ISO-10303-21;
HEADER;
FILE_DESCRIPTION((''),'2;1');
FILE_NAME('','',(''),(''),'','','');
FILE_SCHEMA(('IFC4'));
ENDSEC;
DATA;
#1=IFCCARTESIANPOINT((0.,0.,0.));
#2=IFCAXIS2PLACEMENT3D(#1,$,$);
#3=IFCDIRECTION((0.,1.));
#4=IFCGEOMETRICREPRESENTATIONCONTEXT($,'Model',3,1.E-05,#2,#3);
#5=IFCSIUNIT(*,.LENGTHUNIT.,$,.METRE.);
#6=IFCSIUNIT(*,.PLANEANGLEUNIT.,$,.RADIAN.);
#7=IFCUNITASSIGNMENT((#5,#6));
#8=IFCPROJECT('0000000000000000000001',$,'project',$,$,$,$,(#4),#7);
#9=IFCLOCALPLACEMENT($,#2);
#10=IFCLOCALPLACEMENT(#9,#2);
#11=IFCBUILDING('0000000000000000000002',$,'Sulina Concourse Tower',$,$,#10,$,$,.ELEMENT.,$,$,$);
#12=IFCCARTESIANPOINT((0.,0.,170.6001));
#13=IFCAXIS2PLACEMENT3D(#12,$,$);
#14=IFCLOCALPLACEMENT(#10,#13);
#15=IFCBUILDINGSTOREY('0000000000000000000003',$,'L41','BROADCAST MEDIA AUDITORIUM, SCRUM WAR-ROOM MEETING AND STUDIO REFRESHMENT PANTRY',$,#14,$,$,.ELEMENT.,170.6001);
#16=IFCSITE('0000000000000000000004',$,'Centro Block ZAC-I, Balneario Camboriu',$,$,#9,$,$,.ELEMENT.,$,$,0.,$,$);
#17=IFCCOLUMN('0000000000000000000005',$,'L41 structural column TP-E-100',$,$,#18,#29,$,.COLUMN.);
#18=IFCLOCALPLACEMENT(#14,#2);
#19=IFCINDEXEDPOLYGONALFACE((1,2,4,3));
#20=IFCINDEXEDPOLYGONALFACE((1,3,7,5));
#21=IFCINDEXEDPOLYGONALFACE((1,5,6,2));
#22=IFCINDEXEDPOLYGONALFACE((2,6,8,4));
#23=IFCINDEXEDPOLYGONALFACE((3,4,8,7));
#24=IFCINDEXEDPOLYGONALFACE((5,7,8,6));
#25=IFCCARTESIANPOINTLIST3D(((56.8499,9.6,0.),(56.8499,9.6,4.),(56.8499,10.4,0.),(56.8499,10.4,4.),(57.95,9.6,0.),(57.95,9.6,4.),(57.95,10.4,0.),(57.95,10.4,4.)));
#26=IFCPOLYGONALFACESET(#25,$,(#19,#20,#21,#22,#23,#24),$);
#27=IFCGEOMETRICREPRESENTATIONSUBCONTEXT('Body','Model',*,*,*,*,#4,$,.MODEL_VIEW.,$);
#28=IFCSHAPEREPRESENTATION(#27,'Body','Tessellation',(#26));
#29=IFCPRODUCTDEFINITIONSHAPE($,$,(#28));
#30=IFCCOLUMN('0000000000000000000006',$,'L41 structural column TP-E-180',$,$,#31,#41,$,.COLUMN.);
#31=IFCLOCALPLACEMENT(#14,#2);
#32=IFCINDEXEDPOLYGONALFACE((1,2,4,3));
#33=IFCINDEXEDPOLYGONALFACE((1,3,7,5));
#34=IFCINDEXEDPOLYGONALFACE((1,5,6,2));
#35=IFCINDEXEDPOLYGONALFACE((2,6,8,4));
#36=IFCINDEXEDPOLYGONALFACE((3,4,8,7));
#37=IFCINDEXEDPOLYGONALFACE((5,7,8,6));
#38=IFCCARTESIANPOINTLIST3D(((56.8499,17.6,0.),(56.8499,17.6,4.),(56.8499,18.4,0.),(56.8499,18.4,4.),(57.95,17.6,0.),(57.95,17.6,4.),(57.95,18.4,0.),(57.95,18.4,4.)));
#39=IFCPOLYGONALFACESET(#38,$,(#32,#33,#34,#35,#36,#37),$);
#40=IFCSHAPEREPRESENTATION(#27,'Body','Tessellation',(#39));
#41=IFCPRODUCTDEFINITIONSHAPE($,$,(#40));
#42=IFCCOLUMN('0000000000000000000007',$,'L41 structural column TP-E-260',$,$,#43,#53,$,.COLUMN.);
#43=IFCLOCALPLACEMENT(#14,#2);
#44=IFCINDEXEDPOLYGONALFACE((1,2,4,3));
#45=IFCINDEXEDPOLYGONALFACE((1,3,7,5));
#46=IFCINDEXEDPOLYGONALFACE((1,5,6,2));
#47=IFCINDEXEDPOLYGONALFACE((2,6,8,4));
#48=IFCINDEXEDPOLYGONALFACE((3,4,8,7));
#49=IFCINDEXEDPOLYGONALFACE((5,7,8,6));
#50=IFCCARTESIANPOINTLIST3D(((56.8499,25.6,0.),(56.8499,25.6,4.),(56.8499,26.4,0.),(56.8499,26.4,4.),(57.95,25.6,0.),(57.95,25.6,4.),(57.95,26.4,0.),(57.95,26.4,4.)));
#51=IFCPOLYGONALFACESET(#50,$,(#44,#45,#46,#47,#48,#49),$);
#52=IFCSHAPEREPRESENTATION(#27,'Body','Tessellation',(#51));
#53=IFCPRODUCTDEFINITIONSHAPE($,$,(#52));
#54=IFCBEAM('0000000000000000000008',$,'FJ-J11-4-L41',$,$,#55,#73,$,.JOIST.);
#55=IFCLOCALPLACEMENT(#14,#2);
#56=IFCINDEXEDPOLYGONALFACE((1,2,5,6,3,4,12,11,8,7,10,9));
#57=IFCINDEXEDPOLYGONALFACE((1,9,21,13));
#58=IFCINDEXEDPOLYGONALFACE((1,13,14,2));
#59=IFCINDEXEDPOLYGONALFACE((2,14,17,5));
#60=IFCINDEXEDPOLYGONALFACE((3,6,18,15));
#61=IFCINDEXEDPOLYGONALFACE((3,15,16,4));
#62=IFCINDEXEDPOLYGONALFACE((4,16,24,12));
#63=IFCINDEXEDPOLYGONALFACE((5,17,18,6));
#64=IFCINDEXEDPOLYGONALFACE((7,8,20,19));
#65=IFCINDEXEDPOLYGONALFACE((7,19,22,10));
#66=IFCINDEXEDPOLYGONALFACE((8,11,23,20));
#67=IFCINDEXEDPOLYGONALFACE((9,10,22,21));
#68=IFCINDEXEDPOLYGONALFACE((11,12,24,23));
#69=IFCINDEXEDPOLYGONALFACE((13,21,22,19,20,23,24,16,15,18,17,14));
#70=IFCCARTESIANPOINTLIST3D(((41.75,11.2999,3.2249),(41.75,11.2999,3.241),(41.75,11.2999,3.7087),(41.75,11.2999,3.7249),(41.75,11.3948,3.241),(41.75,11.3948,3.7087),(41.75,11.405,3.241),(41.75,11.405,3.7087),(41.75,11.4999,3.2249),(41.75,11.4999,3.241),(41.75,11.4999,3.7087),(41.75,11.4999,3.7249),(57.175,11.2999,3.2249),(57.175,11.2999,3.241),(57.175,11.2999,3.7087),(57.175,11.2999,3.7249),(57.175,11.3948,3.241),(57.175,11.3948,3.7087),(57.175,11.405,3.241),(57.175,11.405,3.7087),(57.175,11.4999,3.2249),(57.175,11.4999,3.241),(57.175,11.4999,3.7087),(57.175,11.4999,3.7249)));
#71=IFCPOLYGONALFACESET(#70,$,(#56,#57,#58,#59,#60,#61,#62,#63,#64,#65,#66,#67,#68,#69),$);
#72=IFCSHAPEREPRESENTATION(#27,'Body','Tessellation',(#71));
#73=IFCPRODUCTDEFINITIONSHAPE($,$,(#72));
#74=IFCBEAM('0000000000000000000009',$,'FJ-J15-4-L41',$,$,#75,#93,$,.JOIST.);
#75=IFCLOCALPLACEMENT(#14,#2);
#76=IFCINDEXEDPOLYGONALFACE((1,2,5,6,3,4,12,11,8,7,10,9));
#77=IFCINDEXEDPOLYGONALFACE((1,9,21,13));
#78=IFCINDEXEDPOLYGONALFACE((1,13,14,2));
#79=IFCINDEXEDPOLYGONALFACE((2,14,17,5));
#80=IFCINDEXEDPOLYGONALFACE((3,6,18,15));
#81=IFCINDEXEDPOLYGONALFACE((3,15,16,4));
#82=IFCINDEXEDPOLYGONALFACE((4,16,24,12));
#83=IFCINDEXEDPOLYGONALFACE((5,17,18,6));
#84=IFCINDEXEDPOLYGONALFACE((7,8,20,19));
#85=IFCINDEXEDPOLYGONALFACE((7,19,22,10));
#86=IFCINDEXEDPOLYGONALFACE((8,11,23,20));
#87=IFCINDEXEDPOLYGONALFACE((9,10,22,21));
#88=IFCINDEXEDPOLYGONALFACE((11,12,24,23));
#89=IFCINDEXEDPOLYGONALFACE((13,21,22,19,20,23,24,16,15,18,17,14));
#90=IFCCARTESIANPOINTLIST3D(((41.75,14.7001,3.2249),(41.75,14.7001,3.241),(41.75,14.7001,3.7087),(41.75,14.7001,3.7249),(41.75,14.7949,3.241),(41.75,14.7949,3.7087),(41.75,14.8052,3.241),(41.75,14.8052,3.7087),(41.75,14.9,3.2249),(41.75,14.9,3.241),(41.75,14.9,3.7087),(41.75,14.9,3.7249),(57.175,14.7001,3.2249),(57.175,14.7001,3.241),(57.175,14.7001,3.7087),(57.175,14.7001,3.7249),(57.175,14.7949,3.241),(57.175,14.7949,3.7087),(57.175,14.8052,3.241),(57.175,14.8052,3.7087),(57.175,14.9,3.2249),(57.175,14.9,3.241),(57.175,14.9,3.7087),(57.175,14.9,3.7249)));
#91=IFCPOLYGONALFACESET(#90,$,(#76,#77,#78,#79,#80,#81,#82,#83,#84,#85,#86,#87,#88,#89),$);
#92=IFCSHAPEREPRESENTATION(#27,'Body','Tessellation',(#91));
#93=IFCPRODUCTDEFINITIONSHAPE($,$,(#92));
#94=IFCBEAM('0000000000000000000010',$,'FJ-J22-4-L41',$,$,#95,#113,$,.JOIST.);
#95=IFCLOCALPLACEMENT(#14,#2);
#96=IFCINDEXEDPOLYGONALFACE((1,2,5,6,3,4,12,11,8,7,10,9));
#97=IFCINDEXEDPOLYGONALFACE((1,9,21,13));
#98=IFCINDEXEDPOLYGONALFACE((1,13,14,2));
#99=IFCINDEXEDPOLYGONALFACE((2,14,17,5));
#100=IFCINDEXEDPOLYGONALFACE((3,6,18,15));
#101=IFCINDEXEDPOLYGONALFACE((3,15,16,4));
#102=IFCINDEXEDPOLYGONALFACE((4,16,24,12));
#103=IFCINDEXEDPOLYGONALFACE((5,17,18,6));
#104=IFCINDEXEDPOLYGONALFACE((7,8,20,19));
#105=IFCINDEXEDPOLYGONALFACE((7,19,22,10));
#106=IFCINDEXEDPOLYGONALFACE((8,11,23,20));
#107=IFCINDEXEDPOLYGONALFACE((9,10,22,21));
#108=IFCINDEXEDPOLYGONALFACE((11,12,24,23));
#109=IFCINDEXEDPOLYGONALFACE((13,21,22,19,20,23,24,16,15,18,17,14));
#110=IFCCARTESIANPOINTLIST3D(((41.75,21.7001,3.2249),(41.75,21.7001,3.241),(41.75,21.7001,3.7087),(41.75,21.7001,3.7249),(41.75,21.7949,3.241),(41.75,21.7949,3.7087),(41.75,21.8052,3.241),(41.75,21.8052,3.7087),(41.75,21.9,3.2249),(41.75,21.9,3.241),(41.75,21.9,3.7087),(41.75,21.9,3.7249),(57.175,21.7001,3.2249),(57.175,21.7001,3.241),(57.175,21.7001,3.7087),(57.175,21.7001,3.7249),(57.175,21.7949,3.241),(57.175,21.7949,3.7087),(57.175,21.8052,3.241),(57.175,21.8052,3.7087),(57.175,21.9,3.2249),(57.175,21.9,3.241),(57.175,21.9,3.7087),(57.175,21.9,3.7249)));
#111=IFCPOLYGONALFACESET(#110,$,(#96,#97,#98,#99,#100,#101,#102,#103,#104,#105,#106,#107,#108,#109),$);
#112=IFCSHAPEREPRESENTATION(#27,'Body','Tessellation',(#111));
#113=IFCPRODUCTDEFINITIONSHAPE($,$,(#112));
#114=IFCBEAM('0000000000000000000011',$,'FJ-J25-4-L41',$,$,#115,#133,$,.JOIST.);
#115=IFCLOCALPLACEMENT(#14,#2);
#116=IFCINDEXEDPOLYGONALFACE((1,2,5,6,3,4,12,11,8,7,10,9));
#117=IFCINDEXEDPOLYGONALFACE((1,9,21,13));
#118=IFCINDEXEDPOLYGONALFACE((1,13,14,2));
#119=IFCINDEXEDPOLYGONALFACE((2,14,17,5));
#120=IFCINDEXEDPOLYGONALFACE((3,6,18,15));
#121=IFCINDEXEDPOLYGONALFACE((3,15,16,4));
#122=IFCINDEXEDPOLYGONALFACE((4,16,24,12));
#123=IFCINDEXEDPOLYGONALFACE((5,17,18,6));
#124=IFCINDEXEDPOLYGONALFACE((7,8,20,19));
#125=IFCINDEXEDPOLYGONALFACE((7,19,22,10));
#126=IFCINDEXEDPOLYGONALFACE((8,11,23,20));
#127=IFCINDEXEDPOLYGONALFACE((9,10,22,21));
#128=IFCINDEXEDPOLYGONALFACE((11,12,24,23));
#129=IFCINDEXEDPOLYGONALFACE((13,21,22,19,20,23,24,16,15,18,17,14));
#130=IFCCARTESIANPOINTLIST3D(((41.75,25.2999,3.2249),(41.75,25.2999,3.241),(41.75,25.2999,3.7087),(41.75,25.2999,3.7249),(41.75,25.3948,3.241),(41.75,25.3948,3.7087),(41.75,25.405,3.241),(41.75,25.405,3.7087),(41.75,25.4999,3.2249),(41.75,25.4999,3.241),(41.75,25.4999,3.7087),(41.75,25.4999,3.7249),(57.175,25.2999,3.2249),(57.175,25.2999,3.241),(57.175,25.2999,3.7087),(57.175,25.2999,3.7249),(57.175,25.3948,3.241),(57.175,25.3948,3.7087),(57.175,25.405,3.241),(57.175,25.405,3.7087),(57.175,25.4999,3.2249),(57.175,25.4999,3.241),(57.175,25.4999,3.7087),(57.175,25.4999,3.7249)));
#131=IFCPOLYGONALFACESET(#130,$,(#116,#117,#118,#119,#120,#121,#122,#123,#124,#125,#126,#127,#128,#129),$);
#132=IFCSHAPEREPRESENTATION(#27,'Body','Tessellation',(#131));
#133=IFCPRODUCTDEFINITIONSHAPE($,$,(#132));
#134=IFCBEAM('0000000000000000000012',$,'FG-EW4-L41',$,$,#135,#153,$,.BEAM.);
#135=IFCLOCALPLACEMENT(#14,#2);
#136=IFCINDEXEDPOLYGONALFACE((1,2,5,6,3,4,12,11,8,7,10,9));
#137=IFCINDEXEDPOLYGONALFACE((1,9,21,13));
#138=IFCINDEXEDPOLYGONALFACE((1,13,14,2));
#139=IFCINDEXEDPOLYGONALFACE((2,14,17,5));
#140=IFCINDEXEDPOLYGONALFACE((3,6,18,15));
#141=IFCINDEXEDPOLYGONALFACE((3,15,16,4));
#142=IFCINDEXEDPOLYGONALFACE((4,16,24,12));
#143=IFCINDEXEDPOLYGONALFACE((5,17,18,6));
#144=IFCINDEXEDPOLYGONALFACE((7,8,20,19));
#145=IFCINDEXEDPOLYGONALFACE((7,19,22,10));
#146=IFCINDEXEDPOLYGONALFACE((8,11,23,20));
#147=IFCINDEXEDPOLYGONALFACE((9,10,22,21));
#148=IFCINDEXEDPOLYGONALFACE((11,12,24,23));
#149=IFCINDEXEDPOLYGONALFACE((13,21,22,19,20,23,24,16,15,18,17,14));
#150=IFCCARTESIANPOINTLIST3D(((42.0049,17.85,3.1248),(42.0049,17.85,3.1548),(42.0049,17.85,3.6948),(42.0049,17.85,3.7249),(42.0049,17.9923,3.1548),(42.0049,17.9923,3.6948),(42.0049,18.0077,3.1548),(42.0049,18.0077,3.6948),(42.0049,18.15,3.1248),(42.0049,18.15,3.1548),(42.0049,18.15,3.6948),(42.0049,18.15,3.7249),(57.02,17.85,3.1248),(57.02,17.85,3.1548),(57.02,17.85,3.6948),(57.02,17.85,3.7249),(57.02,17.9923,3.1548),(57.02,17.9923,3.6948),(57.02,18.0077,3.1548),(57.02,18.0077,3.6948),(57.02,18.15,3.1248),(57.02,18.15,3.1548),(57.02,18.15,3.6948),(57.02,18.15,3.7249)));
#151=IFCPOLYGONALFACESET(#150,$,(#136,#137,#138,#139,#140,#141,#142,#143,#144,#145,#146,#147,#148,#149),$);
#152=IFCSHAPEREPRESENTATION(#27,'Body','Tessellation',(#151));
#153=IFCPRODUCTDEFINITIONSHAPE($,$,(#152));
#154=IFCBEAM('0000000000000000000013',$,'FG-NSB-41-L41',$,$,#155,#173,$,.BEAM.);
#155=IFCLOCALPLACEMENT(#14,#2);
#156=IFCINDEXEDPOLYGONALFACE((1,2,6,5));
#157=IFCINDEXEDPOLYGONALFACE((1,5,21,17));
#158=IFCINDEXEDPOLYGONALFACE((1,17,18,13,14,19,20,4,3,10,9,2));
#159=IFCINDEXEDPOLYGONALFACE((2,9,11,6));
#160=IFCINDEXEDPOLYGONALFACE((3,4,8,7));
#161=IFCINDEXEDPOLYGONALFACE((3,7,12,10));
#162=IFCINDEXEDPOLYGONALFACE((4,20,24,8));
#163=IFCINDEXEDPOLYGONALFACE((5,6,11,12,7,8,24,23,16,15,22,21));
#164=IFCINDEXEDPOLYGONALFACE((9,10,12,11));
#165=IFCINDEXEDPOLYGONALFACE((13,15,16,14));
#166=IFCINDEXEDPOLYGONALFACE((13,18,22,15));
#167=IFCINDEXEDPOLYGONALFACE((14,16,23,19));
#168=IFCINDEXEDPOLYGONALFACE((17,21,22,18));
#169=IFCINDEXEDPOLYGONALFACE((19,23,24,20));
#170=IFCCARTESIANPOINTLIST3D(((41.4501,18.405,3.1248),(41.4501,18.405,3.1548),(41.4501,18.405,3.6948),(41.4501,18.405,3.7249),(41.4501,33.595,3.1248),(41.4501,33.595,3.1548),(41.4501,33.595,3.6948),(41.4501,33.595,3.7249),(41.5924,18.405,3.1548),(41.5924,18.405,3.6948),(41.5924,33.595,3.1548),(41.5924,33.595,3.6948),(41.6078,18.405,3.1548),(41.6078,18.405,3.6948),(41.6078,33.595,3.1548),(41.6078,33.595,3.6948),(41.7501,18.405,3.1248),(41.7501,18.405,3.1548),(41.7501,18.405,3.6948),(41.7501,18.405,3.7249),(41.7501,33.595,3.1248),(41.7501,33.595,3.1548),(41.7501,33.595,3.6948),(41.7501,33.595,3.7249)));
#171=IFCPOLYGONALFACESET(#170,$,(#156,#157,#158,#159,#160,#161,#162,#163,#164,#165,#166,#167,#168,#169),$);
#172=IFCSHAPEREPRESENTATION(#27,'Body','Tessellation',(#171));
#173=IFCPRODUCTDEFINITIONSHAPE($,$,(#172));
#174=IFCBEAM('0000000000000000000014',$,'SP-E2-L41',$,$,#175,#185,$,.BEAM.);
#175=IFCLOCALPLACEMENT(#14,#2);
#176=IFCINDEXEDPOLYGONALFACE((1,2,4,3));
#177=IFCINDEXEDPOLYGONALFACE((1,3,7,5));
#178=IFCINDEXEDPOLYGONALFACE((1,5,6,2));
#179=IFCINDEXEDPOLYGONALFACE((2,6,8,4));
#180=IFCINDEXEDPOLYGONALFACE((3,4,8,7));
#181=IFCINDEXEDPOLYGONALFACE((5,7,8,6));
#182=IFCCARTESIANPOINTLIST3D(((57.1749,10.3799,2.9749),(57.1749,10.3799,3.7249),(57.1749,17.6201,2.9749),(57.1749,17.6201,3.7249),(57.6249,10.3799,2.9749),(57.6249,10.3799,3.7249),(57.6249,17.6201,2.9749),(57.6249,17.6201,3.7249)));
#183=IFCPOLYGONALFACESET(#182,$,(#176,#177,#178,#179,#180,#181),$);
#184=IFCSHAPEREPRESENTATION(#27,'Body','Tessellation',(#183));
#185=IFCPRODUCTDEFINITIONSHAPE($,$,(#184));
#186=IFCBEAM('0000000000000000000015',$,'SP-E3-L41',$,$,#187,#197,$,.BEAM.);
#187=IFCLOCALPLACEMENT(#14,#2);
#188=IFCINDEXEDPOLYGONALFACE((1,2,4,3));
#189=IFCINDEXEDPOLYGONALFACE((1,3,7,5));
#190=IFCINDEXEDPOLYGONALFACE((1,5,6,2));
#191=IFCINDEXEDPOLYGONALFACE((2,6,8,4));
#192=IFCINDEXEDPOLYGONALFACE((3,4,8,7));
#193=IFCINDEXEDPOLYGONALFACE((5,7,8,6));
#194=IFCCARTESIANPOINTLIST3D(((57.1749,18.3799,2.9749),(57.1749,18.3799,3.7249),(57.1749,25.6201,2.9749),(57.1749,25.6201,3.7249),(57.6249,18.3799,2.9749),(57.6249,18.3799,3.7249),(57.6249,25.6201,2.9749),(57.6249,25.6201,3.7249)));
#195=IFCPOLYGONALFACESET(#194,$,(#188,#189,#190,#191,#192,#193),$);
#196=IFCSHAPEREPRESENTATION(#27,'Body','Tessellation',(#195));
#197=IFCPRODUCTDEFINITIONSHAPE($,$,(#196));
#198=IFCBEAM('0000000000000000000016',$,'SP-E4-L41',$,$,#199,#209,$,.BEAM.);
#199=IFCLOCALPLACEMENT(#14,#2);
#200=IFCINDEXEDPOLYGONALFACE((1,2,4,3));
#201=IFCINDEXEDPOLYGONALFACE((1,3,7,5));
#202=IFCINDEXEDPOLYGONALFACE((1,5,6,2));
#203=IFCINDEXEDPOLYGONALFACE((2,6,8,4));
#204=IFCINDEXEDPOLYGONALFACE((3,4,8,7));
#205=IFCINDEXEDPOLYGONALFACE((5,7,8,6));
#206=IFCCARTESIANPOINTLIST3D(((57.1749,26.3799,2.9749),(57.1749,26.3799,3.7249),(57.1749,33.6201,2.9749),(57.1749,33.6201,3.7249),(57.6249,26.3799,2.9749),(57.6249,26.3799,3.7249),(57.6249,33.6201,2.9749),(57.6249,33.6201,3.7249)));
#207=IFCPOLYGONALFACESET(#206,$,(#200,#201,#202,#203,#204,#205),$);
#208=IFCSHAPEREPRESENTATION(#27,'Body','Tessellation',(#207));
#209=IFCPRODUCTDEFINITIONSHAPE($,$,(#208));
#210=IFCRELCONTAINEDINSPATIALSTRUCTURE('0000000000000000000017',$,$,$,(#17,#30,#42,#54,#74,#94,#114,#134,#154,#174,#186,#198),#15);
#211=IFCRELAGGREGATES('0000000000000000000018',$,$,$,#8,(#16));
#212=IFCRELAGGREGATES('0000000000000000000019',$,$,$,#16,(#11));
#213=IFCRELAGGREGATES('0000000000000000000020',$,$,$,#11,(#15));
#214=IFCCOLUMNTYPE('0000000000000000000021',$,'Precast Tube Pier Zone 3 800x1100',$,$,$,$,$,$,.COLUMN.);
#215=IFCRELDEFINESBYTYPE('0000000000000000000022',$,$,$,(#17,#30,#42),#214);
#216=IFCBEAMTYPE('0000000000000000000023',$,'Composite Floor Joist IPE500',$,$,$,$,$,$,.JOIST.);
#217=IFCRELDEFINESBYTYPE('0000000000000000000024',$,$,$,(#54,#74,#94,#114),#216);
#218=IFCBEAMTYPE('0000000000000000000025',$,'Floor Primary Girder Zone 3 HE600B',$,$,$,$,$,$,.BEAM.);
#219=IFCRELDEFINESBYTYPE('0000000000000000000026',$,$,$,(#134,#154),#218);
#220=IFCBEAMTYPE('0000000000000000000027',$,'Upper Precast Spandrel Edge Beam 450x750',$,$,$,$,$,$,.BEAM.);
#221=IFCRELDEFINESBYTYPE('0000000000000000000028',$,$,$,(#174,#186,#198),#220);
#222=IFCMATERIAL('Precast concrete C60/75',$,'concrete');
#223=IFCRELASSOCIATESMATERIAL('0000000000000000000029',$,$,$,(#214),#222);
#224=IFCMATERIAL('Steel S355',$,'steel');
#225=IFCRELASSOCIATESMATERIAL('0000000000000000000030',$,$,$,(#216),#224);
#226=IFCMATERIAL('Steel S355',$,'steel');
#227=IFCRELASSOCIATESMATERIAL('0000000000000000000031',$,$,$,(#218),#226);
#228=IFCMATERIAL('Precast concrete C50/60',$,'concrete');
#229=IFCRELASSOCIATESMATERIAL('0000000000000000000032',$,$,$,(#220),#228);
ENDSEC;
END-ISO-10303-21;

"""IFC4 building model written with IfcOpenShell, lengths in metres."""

from ifc_helpers import new_model, si_unit, direction, frame, origin, origin_2d, place, context, subcontext, project, spatial, rectangle, i_section, extrude, material, material_profile, profile_set, type_object, element, save


model = new_model("IFC4")

# Units and contexts
model_context = context("Model", 3, precision=1e-05, world=origin(), true_north=direction((0.0, 1.0)))
body_context = subcontext(model_context, "Body", "Model", "MODEL_VIEW")
ifc_project = project(units=[si_unit("LENGTHUNIT", "METRE"), si_unit("PLANEANGLEUNIT", "RADIAN")], contexts=[model_context])

# Site, building, storey
site_placement = place(None, origin())
site = spatial("IfcSite", under=ifc_project, at=site_placement, Name="Centro Block ZAC-I, Balneario Camboriu", CompositionType="ELEMENT", RefElevation=0.0)
building_placement = place(site_placement, origin())
building = spatial("IfcBuilding", under=site, at=building_placement, Name="Sulina Concourse Tower", CompositionType="ELEMENT")
storey_placement = place(building_placement, frame((0.0, 0.0, 170.6001)))
storey = spatial("IfcBuildingStorey", under=building, at=storey_placement, Name="L41", Description="BROADCAST MEDIA AUDITORIUM, SCRUM WAR-ROOM MEETING AND STUDIO REFRESHMENT PANTRY", CompositionType="ELEMENT", Elevation=170.6001)

# Columns
ifc_material_1 = material(Name="Precast concrete C60/75", Category="concrete")
ifc_material_profile_1 = material_profile(ifc_material_1, rectangle(XDim=0.8, YDim=1.1001, at=origin_2d()), Name="PC 800x1100")
ifc_profile_set_1 = profile_set([ifc_material_profile_1], Name="Precast concrete C60/75")
column_type = type_object("IfcColumnType", Name="Precast Tube Pier Zone 3 800x1100", PredefinedType="COLUMN", material=ifc_profile_set_1)
for number, where, z_axis, x_axis, name in (
    (1, (57.3999, 10.0, 0.0), (0.0, 0.0, 1.0), (0.0, 1.0, 0.0), "L41 structural column TP-E-100"),
    (2, (57.3999, 18.0, 0.0), (0.0, 0.0, 1.0), (0.0, 1.0, 0.0), "L41 structural column TP-E-180"),
    (3, (57.3999, 26.0, 0.0), (0.0, 0.0, 1.0), (0.0, 1.0, 0.0), "L41 structural column TP-E-260"),
):
    element("IfcColumn", number, at=place(storey_placement, frame(where, z_axis=z_axis, x_axis=x_axis)), inside=storey, type_object=column_type, Name=name, PredefinedType="COLUMN", context=body_context, shape_type="SweptSolid", body=[
        extrude(rectangle(XDim=0.8, YDim=1.1001, at=origin_2d()), origin(), (0.0, 0.0, 1.0), 4.0),
    ])

# Beams
ifc_material_2 = material(Name="Steel S355", Category="steel")
ifc_material_profile_2 = material_profile(ifc_material_2, i_section(OverallWidth=0.2, OverallDepth=0.5, WebThickness=0.0103, FlangeThickness=0.0161, at=origin_2d()), Name="IPE 500")
ifc_profile_set_2 = profile_set([ifc_material_profile_2], Name="Steel S355")
beam_type_1 = type_object("IfcBeamType", Name="Composite Floor Joist IPE500", PredefinedType="JOIST", material=ifc_profile_set_2)
for number, where, z_axis, x_axis, name in (
    (4, (41.75, 11.3999, 3.4749), (1.0, 0.0, 0.0), (0.0, 1.0, 0.0), "FJ-J11-4-L41"),
    (5, (41.75, 14.8, 3.4749), (1.0, 0.0, 0.0), (0.0, 1.0, 0.0), "FJ-J15-4-L41"),
    (6, (41.75, 21.8, 3.4749), (1.0, 0.0, 0.0), (0.0, 1.0, 0.0), "FJ-J22-4-L41"),
    (7, (41.75, 25.3999, 3.4749), (1.0, 0.0, 0.0), (0.0, 1.0, 0.0), "FJ-J25-4-L41"),
):
    element("IfcBeam", number, at=place(storey_placement, frame(where, z_axis=z_axis, x_axis=x_axis)), inside=storey, type_object=beam_type_1, Name=name, PredefinedType="JOIST", context=body_context, shape_type="SweptSolid", body=[
        extrude(i_section(OverallWidth=0.2, OverallDepth=0.5, WebThickness=0.0103, FlangeThickness=0.0161, at=origin_2d()), origin(), (0.0, 0.0, 1.0), 15.425),
    ])
ifc_material_3 = material(Name="Steel S355", Category="steel")
ifc_material_profile_3 = material_profile(ifc_material_3, i_section(OverallWidth=0.3, OverallDepth=0.6001, WebThickness=0.0154, FlangeThickness=0.03, at=origin_2d()), Name="HE 600 B")
ifc_profile_set_3 = profile_set([ifc_material_profile_3], Name="Steel S355")
beam_type_2 = type_object("IfcBeamType", Name="Floor Primary Girder Zone 3 HE600B", PredefinedType="BEAM", material=ifc_profile_set_3)
beam_1_placement = place(storey_placement, frame((42.0049, 18.0, 3.4248), z_axis=(1.0, 0.0, 0.0), x_axis=(0.0, 1.0, 0.0)))
element("IfcBeam", 8, at=beam_1_placement, inside=storey, type_object=beam_type_2, Name="FG-EW4-L41", PredefinedType="BEAM", context=body_context, shape_type="SweptSolid", body=[
    extrude(i_section(OverallWidth=0.3, OverallDepth=0.6001, WebThickness=0.0154, FlangeThickness=0.03, at=origin_2d()), origin(), (0.0, 0.0, 1.0), 15.0151),
])
beam_2_placement = place(storey_placement, frame((41.6001, 18.405, 3.4248), z_axis=(0.0, 1.0, 0.0), x_axis=(-1.0, 0.0, 0.0)))
element("IfcBeam", 9, at=beam_2_placement, inside=storey, type_object=beam_type_2, Name="FG-NSB-41-L41", PredefinedType="BEAM", context=body_context, shape_type="SweptSolid", body=[
    extrude(i_section(OverallWidth=0.3, OverallDepth=0.6001, WebThickness=0.0154, FlangeThickness=0.03, at=origin_2d()), origin(), (0.0, 0.0, 1.0), 15.1899),
])
ifc_material_4 = material(Name="Precast concrete C50/60", Category="concrete")
ifc_material_profile_4 = material_profile(ifc_material_4, rectangle(XDim=0.45, YDim=0.75, at=origin_2d()), Name="RC 450x750")
ifc_profile_set_4 = profile_set([ifc_material_profile_4], Name="Precast concrete C50/60")
beam_type_3 = type_object("IfcBeamType", Name="Upper Precast Spandrel Edge Beam 450x750", PredefinedType="BEAM", material=ifc_profile_set_4)
for number, where, z_axis, x_axis, name in (
    (10, (57.3999, 10.3799, 3.3499), (0.0, 1.0, 0.0), (-1.0, 0.0, 0.0), "SP-E2-L41"),
    (11, (57.3999, 18.3799, 3.3499), (0.0, 1.0, 0.0), (-1.0, 0.0, 0.0), "SP-E3-L41"),
    (12, (57.3999, 26.3799, 3.3499), (0.0, 1.0, 0.0), (-1.0, 0.0, 0.0), "SP-E4-L41"),
):
    element("IfcBeam", number, at=place(storey_placement, frame(where, z_axis=z_axis, x_axis=x_axis)), inside=storey, type_object=beam_type_3, Name=name, PredefinedType="BEAM", context=body_context, shape_type="SweptSolid", body=[
        extrude(rectangle(XDim=0.45, YDim=0.75, at=origin_2d()), origin(), (0.0, 0.0, 1.0), 7.2402),
    ])

save(model, "model.ifc")
